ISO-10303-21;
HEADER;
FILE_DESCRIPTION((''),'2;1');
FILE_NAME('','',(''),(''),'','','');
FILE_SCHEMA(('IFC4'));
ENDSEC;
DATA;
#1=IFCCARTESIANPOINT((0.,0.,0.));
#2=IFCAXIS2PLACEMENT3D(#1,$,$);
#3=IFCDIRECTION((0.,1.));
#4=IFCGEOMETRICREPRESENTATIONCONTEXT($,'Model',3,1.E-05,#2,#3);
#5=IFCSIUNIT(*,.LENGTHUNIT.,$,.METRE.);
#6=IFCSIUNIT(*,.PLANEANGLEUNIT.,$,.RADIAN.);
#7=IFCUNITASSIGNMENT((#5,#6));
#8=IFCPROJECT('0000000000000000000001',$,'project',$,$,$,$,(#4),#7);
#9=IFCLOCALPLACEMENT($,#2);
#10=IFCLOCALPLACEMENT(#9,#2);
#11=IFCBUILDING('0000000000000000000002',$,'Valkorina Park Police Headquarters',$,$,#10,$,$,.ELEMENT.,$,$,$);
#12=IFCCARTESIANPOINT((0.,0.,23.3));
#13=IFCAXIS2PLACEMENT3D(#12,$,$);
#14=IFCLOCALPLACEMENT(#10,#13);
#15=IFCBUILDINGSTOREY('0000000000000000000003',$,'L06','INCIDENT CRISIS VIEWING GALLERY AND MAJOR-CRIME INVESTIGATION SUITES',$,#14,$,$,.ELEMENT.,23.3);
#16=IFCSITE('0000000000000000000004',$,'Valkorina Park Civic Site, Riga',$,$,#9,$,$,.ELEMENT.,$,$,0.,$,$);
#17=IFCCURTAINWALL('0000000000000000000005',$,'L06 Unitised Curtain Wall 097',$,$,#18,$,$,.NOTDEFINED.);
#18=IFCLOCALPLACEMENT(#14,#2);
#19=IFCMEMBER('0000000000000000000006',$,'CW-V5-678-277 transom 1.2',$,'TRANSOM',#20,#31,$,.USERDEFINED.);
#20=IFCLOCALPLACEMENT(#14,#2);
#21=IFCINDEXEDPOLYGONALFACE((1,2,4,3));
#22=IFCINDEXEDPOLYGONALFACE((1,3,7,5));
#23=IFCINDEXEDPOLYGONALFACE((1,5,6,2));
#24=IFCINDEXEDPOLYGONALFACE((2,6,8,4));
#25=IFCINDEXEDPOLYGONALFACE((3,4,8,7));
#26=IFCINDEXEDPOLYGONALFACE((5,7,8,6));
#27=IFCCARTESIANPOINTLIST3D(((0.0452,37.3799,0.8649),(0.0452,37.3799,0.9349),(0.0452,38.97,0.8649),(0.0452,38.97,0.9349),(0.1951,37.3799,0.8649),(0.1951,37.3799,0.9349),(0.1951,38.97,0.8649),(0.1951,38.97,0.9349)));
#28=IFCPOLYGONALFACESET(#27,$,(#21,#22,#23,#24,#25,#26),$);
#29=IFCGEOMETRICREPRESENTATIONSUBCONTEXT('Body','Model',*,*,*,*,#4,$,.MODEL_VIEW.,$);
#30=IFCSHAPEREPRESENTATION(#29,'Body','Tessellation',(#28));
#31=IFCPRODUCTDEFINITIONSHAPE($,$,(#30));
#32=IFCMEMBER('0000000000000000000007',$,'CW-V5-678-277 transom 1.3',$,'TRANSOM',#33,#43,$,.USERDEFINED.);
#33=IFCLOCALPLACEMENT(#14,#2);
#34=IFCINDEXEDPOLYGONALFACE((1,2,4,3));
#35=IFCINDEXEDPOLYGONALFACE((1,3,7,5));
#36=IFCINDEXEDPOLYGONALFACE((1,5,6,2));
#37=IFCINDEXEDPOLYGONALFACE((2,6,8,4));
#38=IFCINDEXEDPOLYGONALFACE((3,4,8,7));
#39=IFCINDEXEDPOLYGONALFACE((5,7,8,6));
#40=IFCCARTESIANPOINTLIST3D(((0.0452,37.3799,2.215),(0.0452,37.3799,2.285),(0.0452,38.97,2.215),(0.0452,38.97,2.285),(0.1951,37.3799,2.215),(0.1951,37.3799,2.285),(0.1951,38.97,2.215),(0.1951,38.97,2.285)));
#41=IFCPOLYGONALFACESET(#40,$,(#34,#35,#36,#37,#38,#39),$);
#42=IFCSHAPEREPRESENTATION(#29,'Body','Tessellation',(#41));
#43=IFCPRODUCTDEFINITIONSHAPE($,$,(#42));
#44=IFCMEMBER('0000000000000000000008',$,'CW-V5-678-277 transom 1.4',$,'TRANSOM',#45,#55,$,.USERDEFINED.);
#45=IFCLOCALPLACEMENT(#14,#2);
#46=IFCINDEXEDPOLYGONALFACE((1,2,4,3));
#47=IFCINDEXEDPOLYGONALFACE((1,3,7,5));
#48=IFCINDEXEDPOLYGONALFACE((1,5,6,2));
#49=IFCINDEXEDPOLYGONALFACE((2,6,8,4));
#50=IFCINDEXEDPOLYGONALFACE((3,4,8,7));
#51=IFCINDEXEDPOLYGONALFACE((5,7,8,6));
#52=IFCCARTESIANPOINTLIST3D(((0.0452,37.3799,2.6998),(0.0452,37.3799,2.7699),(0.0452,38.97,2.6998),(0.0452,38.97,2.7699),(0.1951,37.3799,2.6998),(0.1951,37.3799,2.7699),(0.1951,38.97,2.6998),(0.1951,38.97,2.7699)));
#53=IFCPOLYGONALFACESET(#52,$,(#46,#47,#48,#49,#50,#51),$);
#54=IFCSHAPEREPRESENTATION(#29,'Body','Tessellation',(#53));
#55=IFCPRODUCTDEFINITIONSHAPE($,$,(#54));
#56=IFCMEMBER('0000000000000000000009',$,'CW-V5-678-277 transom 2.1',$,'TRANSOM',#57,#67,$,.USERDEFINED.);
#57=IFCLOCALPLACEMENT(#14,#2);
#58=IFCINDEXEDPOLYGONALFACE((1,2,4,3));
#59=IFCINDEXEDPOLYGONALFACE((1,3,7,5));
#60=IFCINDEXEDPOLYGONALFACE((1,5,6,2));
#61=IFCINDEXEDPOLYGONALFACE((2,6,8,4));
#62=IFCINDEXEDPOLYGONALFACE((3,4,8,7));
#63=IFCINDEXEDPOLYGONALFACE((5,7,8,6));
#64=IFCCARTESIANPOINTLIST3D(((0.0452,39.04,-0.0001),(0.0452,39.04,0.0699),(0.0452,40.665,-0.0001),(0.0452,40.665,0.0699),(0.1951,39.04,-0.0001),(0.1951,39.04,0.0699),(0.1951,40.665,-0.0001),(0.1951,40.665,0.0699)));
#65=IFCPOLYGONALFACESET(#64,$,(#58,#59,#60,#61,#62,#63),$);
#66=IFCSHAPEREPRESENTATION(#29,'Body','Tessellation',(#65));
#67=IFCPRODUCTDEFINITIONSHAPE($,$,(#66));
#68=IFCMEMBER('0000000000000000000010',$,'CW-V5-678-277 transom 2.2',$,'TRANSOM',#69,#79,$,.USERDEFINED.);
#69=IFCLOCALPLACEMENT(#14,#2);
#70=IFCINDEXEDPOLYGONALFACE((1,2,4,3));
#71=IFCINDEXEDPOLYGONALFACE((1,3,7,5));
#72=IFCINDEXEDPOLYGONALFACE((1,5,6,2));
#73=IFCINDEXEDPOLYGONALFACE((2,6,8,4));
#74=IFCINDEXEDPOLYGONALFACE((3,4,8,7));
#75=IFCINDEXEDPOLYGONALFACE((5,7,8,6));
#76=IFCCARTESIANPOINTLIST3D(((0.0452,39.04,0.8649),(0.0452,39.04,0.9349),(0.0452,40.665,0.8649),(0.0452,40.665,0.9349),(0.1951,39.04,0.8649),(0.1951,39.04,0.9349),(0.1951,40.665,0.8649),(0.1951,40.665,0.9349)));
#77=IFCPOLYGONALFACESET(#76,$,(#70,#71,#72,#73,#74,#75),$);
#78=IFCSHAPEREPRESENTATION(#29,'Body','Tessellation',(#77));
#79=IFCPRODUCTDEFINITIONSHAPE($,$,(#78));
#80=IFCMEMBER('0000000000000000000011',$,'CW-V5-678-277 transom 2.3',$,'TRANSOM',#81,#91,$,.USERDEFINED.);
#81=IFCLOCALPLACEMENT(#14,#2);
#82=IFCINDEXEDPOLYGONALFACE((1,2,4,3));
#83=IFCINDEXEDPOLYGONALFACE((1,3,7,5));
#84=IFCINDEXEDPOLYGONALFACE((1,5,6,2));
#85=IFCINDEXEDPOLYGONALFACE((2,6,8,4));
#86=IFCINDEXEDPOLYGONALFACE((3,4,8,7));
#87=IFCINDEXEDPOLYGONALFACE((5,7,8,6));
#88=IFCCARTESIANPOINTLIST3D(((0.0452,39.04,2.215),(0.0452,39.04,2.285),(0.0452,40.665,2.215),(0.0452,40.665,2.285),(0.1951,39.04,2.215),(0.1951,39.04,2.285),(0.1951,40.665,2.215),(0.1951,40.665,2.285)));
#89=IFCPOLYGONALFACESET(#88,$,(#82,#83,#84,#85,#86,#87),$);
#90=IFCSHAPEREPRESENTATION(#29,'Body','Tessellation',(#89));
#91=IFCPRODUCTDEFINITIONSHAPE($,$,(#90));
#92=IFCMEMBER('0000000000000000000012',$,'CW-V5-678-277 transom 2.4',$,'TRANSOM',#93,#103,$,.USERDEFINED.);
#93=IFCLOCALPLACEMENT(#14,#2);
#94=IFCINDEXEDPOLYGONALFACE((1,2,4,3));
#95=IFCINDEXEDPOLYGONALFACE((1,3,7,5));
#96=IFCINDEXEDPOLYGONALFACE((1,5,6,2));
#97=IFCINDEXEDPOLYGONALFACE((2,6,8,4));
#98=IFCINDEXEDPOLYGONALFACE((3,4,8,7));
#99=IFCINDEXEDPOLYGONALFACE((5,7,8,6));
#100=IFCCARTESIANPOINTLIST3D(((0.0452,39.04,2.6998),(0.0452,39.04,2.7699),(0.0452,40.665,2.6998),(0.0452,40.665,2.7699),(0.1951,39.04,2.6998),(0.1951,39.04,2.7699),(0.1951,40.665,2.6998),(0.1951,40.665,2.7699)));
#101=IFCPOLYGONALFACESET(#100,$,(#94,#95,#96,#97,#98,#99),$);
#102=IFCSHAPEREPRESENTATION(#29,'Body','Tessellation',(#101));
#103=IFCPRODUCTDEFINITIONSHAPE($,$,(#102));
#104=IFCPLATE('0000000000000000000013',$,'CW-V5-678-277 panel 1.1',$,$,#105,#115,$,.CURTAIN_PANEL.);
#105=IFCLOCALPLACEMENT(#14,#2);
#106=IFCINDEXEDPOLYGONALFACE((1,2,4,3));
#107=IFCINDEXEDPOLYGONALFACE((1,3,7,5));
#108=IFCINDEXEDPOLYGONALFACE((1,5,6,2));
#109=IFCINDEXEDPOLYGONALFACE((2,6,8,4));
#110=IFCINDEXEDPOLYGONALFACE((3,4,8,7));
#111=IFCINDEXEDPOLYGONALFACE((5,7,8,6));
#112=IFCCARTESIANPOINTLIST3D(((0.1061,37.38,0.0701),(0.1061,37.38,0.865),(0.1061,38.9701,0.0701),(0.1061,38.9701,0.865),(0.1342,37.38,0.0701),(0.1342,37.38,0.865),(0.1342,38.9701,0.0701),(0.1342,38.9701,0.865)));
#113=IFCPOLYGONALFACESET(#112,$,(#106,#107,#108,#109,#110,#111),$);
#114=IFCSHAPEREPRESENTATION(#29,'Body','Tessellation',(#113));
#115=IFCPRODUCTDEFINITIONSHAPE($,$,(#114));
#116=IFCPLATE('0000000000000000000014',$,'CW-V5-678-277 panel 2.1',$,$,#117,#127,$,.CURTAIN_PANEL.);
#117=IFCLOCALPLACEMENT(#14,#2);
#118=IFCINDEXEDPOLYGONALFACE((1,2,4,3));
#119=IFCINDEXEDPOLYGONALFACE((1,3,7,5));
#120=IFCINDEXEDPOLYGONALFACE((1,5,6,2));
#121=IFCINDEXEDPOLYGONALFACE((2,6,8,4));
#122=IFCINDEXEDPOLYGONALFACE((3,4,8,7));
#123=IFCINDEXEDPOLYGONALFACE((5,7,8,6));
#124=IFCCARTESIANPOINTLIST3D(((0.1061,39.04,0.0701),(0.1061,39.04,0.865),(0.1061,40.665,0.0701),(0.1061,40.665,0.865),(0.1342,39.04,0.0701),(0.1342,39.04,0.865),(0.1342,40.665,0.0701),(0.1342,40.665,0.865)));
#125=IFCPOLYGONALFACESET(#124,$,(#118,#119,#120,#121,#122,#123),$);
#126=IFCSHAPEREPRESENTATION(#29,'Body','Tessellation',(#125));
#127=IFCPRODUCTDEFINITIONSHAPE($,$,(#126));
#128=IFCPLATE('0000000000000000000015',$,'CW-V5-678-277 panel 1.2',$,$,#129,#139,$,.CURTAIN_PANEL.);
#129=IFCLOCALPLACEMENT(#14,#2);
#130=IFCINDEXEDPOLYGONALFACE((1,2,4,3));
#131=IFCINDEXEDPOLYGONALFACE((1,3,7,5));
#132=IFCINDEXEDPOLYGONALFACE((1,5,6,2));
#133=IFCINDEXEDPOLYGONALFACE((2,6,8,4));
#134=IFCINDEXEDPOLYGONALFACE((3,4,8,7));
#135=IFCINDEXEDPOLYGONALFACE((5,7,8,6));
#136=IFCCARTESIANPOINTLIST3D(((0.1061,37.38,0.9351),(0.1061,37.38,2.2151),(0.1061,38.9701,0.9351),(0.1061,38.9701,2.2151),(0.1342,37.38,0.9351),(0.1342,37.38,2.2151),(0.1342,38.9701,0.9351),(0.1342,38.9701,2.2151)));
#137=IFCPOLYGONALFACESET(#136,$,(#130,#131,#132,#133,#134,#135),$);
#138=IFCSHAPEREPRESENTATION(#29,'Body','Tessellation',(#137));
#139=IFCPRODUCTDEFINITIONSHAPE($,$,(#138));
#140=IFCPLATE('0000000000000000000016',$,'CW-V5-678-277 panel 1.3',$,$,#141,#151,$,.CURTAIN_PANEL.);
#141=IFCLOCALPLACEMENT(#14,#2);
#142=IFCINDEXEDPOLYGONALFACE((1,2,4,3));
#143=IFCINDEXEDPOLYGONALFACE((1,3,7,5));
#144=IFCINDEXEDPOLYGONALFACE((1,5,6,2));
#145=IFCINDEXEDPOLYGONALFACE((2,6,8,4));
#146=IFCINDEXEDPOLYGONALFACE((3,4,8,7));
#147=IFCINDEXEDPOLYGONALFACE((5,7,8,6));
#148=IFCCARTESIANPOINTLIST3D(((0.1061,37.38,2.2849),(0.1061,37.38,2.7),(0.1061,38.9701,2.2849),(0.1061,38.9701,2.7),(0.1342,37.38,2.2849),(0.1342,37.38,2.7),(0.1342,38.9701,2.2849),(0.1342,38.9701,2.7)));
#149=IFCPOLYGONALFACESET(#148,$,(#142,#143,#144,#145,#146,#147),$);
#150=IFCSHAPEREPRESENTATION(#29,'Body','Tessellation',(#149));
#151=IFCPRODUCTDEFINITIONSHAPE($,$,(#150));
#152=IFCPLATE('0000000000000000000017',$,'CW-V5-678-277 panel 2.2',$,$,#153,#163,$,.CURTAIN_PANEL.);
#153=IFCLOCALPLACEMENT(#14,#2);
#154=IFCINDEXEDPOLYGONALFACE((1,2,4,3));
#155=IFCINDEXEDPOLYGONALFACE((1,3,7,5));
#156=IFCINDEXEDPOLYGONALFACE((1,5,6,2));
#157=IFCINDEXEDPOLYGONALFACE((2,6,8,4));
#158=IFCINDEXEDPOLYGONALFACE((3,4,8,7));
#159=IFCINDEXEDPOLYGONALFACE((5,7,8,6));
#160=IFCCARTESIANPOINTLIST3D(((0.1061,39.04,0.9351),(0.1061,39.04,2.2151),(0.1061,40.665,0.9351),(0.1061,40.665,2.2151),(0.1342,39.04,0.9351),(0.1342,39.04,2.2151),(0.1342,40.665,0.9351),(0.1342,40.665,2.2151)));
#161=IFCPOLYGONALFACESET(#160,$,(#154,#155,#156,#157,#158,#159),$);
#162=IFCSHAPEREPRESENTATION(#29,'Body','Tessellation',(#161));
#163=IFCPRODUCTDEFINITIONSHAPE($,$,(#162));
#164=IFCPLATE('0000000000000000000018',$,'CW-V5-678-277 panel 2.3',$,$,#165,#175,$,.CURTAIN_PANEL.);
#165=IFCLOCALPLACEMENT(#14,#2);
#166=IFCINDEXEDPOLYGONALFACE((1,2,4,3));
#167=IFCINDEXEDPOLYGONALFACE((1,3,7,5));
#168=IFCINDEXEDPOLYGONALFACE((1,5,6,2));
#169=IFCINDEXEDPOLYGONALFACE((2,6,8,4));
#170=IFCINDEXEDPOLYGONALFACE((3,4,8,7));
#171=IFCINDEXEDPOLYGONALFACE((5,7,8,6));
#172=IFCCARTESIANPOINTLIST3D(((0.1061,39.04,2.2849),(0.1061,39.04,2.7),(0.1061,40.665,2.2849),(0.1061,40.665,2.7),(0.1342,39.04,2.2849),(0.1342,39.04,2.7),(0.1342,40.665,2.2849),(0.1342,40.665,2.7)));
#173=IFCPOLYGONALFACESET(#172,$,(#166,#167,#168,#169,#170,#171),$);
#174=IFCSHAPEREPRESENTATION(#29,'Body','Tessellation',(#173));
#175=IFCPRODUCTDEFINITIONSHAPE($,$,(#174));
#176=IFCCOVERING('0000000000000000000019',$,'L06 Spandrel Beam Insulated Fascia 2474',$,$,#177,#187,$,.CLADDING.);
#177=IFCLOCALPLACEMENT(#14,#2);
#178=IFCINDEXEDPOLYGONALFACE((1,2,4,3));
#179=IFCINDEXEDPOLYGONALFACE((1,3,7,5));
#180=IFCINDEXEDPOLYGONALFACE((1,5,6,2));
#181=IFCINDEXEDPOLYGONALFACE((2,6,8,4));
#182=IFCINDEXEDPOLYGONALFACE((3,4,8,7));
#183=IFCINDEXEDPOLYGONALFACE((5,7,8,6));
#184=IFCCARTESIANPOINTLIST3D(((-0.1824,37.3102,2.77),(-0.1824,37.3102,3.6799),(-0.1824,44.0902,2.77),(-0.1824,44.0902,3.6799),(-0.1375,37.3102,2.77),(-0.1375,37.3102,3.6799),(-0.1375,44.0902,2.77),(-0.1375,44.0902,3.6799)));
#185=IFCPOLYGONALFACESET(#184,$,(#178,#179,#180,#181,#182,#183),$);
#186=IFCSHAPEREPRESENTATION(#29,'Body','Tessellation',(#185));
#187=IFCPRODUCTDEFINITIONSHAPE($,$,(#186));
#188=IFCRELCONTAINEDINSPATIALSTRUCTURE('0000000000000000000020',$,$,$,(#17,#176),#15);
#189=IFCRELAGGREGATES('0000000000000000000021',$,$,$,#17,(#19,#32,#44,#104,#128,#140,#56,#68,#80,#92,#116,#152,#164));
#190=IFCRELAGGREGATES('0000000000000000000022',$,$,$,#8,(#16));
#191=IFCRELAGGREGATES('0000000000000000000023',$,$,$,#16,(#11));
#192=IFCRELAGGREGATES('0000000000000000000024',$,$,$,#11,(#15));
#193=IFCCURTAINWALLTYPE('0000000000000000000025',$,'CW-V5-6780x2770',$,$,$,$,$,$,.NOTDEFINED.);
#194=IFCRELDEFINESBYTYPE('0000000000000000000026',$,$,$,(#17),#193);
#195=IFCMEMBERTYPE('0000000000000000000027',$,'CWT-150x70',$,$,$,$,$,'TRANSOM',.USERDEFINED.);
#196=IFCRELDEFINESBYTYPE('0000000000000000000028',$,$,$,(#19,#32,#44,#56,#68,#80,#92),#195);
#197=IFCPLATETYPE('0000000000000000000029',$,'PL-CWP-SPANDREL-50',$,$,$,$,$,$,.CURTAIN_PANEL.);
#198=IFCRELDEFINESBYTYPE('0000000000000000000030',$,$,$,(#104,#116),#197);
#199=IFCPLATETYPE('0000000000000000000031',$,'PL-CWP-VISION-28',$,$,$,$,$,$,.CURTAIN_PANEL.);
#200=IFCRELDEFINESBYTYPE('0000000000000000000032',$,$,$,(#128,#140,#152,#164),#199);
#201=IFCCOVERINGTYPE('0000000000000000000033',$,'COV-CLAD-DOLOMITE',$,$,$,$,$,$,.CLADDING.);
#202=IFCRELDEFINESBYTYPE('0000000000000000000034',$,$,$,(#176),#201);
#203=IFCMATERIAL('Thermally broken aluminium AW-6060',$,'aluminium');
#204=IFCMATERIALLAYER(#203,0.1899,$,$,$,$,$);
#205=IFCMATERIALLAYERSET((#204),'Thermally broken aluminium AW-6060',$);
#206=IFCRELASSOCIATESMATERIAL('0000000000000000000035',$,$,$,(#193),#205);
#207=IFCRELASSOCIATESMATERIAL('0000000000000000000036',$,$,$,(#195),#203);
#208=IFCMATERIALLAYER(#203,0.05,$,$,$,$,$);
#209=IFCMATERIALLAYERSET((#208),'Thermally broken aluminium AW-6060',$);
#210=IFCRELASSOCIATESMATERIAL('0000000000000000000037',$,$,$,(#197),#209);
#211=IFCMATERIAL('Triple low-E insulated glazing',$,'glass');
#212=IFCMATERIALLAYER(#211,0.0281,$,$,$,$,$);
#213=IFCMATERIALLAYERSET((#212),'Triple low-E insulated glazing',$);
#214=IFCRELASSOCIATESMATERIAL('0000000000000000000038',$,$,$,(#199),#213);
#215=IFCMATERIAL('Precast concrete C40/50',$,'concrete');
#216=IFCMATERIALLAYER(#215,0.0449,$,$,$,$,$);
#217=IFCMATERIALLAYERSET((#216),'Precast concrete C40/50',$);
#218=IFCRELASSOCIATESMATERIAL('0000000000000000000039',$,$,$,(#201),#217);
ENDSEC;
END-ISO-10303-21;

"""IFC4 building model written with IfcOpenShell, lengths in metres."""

from ifc_helpers import new_model, si_unit, direction, frame, frame_2d, origin, origin_2d, place, context, subcontext, project, spatial, rectangle, extrude, material, layer, layer_set, material_profile, profile_set, type_object, element, aggregate, save


model = new_model("IFC4")

# Units and contexts
model_context = context("Model", 3, precision=1e-05, world=origin(), true_north=direction((0.0, 1.0)))
body_context = subcontext(model_context, "Body", "Model", "MODEL_VIEW")
ifc_project = project(units=[si_unit("LENGTHUNIT", "METRE"), si_unit("PLANEANGLEUNIT", "RADIAN")], contexts=[model_context])

# Site, building, storey
site_placement = place(None, origin())
site = spatial("IfcSite", under=ifc_project, at=site_placement, Name="Valkorina Park Civic Site, Riga", CompositionType="ELEMENT", RefElevation=0.0)
building_placement = place(site_placement, origin())
building = spatial("IfcBuilding", under=site, at=building_placement, Name="Valkorina Park Police Headquarters", CompositionType="ELEMENT")
storey_placement = place(building_placement, frame((0.0, 0.0, 23.3)))
storey = spatial("IfcBuildingStorey", under=building, at=storey_placement, Name="L06", Description="INCIDENT CRISIS VIEWING GALLERY AND MAJOR-CRIME INVESTIGATION SUITES", CompositionType="ELEMENT", Elevation=23.3)

# Curtain wall, members, plates
ifc_material_1 = material(Name="Thermally broken aluminium AW-6060", Category="aluminium")
ifc_layer_1 = layer(ifc_material_1, 0.1899)
ifc_layer_set_1 = layer_set([ifc_layer_1], Name="Thermally broken aluminium AW-6060")
curtain_wall_type = type_object("IfcCurtainWallType", Name="CW-V5-6780x2770", PredefinedType="NOTDEFINED", material=ifc_layer_set_1)
curtain_wall_placement = place(storey_placement, origin())
curtain_wall = element("IfcCurtainWall", 1, at=curtain_wall_placement, inside=storey, type_object=curtain_wall_type, Name="L06 Unitised Curtain Wall 097", PredefinedType="NOTDEFINED")
ifc_material_profile_1 = material_profile(ifc_material_1, rectangle(XDim=0.1499, YDim=0.0701, at=origin_2d()), Name="CWT-02 150x70")
ifc_profile_set_1 = profile_set([ifc_material_profile_1], Name="Thermally broken aluminium AW-6060")
member_type_1 = type_object("IfcMemberType", Name="CWT-150x70", ElementType="TRANSOM", PredefinedType="USERDEFINED", material=ifc_profile_set_1)
member_1_placement = place(storey_placement, frame((0.1201, 37.3799, 0.8999), z_axis=(0.0, 1.0, 0.0), x_axis=(-1.0, 0.0, 0.0)))
member_1 = element("IfcMember", 2, at=member_1_placement, type_object=member_type_1, Name="CW-V5-678-277 transom 1.2", ObjectType="TRANSOM", PredefinedType="USERDEFINED", context=body_context, shape_type="SweptSolid", body=[
    extrude(rectangle(XDim=0.1499, YDim=0.0701, at=origin_2d()), origin(), (0.0, 0.0, 1.0), 1.5901),
])
member_2_placement = place(storey_placement, frame((0.1201, 37.3799, 2.25), z_axis=(0.0, 1.0, 0.0), x_axis=(-1.0, 0.0, 0.0)))
member_2 = element("IfcMember", 3, at=member_2_placement, type_object=member_type_1, Name="CW-V5-678-277 transom 1.3", ObjectType="TRANSOM", PredefinedType="USERDEFINED", context=body_context, shape_type="SweptSolid", body=[
    extrude(rectangle(XDim=0.1499, YDim=0.0701, at=origin_2d()), origin(), (0.0, 0.0, 1.0), 1.5901),
])
member_3_placement = place(storey_placement, frame((0.1201, 37.3799, 2.7349), z_axis=(0.0, 1.0, 0.0), x_axis=(-1.0, 0.0, 0.0)))
member_3 = element("IfcMember", 4, at=member_3_placement, type_object=member_type_1, Name="CW-V5-678-277 transom 1.4", ObjectType="TRANSOM", PredefinedType="USERDEFINED", context=body_context, shape_type="SweptSolid", body=[
    extrude(rectangle(XDim=0.1499, YDim=0.0701, at=origin_2d()), origin(), (0.0, 0.0, 1.0), 1.5901),
])
member_4_placement = place(storey_placement, frame((0.1201, 39.04, 0.0349), z_axis=(0.0, 1.0, 0.0), x_axis=(-1.0, 0.0, 0.0)))
member_4 = element("IfcMember", 5, at=member_4_placement, type_object=member_type_1, Name="CW-V5-678-277 transom 2.1", ObjectType="TRANSOM", PredefinedType="USERDEFINED", context=body_context, shape_type="SweptSolid", body=[
    extrude(rectangle(XDim=0.1499, YDim=0.0701, at=origin_2d()), origin(), (0.0, 0.0, 1.0), 1.625),
])
member_5_placement = place(storey_placement, frame((0.1201, 39.04, 0.8999), z_axis=(0.0, 1.0, 0.0), x_axis=(-1.0, 0.0, 0.0)))
member_5 = element("IfcMember", 6, at=member_5_placement, type_object=member_type_1, Name="CW-V5-678-277 transom 2.2", ObjectType="TRANSOM", PredefinedType="USERDEFINED", context=body_context, shape_type="SweptSolid", body=[
    extrude(rectangle(XDim=0.1499, YDim=0.0701, at=origin_2d()), origin(), (0.0, 0.0, 1.0), 1.625),
])
member_6_placement = place(storey_placement, frame((0.1201, 39.04, 2.25), z_axis=(0.0, 1.0, 0.0), x_axis=(-1.0, 0.0, 0.0)))
member_6 = element("IfcMember", 7, at=member_6_placement, type_object=member_type_1, Name="CW-V5-678-277 transom 2.3", ObjectType="TRANSOM", PredefinedType="USERDEFINED", context=body_context, shape_type="SweptSolid", body=[
    extrude(rectangle(XDim=0.1499, YDim=0.0701, at=origin_2d()), origin(), (0.0, 0.0, 1.0), 1.625),
])
member_7_placement = place(storey_placement, frame((0.1201, 39.04, 2.7349), z_axis=(0.0, 1.0, 0.0), x_axis=(-1.0, 0.0, 0.0)))
member_7 = element("IfcMember", 8, at=member_7_placement, type_object=member_type_1, Name="CW-V5-678-277 transom 2.4", ObjectType="TRANSOM", PredefinedType="USERDEFINED", context=body_context, shape_type="SweptSolid", body=[
    extrude(rectangle(XDim=0.1499, YDim=0.0701, at=origin_2d()), origin(), (0.0, 0.0, 1.0), 1.625),
])
ifc_layer_2 = layer(ifc_material_1, 0.05)
ifc_layer_set_2 = layer_set([ifc_layer_2], Name="Thermally broken aluminium AW-6060")
plate_type_1 = type_object("IfcPlateType", Name="PL-CWP-SPANDREL-50", PredefinedType="CURTAIN_PANEL", material=ifc_layer_set_2)
plate_1_placement = place(storey_placement, frame((0.1201, 38.175, 0.0701), z_axis=(0.0, 0.0, 1.0), x_axis=(0.0, 1.0, 0.0)))
plate_1 = element("IfcPlate", 9, at=plate_1_placement, type_object=plate_type_1, Name="CW-V5-678-277 panel 1.1", PredefinedType="CURTAIN_PANEL", context=body_context, shape_type="SweptSolid", body=[
    extrude(rectangle(XDim=1.5901, YDim=0.0281, at=origin_2d()), origin(), (0.0, 0.0, 1.0), 0.7949),
])
plate_2_placement = place(storey_placement, frame((0.1201, 39.8525, 0.0701), z_axis=(0.0, 0.0, 1.0), x_axis=(0.0, 1.0, 0.0)))
plate_2 = element("IfcPlate", 10, at=plate_2_placement, type_object=plate_type_1, Name="CW-V5-678-277 panel 2.1", PredefinedType="CURTAIN_PANEL", context=body_context, shape_type="SweptSolid", body=[
    extrude(rectangle(XDim=1.625, YDim=0.0281, at=origin_2d()), origin(), (0.0, 0.0, 1.0), 0.7949),
])
ifc_material_2 = material(Name="Triple low-E insulated glazing", Category="glass")
ifc_layer_3 = layer(ifc_material_2, 0.0281)
ifc_layer_set_3 = layer_set([ifc_layer_3], Name="Triple low-E insulated glazing")
plate_type_2 = type_object("IfcPlateType", Name="PL-CWP-VISION-28", PredefinedType="CURTAIN_PANEL", material=ifc_layer_set_3)
plate_3_placement = place(storey_placement, frame((0.1201, 38.175, 0.9351), z_axis=(0.0, 0.0, 1.0), x_axis=(0.0, 1.0, 0.0)))
plate_3 = element("IfcPlate", 11, at=plate_3_placement, type_object=plate_type_2, Name="CW-V5-678-277 panel 1.2", PredefinedType="CURTAIN_PANEL", context=body_context, shape_type="SweptSolid", body=[
    extrude(rectangle(XDim=1.5901, YDim=0.0281, at=origin_2d()), origin(), (0.0, 0.0, 1.0), 1.28),
])
plate_4_placement = place(storey_placement, frame((0.1201, 38.175, 2.2849), z_axis=(0.0, 0.0, 1.0), x_axis=(0.0, 1.0, 0.0)))
plate_4 = element("IfcPlate", 12, at=plate_4_placement, type_object=plate_type_2, Name="CW-V5-678-277 panel 1.3", PredefinedType="CURTAIN_PANEL", context=body_context, shape_type="SweptSolid", body=[
    extrude(rectangle(XDim=1.5901, YDim=0.0281, at=origin_2d()), origin(), (0.0, 0.0, 1.0), 0.415),
])
plate_5_placement = place(storey_placement, frame((0.1201, 39.8525, 0.9351), z_axis=(0.0, 0.0, 1.0), x_axis=(0.0, 1.0, 0.0)))
plate_5 = element("IfcPlate", 13, at=plate_5_placement, type_object=plate_type_2, Name="CW-V5-678-277 panel 2.2", PredefinedType="CURTAIN_PANEL", context=body_context, shape_type="SweptSolid", body=[
    extrude(rectangle(XDim=1.625, YDim=0.0281, at=origin_2d()), origin(), (0.0, 0.0, 1.0), 1.28),
])
plate_6_placement = place(storey_placement, frame((0.1201, 39.8525, 2.2849), z_axis=(0.0, 0.0, 1.0), x_axis=(0.0, 1.0, 0.0)))
plate_6 = element("IfcPlate", 14, at=plate_6_placement, type_object=plate_type_2, Name="CW-V5-678-277 panel 2.3", PredefinedType="CURTAIN_PANEL", context=body_context, shape_type="SweptSolid", body=[
    extrude(rectangle(XDim=1.625, YDim=0.0281, at=origin_2d()), origin(), (0.0, 0.0, 1.0), 0.415),
])
aggregate(curtain_wall, [member_1, member_2, member_3, plate_1, plate_3, plate_4, member_4, member_5, member_6, member_7, plate_2, plate_5, plate_6])

# Covering
ifc_material_3 = material(Name="Precast concrete C40/50", Category="concrete")
ifc_layer_4 = layer(ifc_material_3, 0.0449)
ifc_layer_set_4 = layer_set([ifc_layer_4], Name="Precast concrete C40/50")
covering_type_1 = type_object("IfcCoveringType", Name="COV-CLAD-DOLOMITE", PredefinedType="CLADDING", material=ifc_layer_set_4)
covering_1_placement = place(storey_placement, frame((-0.1599, 37.3101, 2.77), z_axis=(0.0, 0.0, 1.0), x_axis=(0.0, 1.0, 0.0)))
element("IfcCovering", 15, at=covering_1_placement, inside=storey, type_object=covering_type_1, Name="L06 Spandrel Beam Insulated Fascia 2474", PredefinedType="CLADDING", context=body_context, shape_type="SweptSolid", body=[
    extrude(rectangle(XDim=6.78, YDim=0.0449, at=frame_2d((3.3901, 0.0))), origin(), (0.0, 0.0, 1.0), 0.9099),
])

save(model, "model.ifc")
